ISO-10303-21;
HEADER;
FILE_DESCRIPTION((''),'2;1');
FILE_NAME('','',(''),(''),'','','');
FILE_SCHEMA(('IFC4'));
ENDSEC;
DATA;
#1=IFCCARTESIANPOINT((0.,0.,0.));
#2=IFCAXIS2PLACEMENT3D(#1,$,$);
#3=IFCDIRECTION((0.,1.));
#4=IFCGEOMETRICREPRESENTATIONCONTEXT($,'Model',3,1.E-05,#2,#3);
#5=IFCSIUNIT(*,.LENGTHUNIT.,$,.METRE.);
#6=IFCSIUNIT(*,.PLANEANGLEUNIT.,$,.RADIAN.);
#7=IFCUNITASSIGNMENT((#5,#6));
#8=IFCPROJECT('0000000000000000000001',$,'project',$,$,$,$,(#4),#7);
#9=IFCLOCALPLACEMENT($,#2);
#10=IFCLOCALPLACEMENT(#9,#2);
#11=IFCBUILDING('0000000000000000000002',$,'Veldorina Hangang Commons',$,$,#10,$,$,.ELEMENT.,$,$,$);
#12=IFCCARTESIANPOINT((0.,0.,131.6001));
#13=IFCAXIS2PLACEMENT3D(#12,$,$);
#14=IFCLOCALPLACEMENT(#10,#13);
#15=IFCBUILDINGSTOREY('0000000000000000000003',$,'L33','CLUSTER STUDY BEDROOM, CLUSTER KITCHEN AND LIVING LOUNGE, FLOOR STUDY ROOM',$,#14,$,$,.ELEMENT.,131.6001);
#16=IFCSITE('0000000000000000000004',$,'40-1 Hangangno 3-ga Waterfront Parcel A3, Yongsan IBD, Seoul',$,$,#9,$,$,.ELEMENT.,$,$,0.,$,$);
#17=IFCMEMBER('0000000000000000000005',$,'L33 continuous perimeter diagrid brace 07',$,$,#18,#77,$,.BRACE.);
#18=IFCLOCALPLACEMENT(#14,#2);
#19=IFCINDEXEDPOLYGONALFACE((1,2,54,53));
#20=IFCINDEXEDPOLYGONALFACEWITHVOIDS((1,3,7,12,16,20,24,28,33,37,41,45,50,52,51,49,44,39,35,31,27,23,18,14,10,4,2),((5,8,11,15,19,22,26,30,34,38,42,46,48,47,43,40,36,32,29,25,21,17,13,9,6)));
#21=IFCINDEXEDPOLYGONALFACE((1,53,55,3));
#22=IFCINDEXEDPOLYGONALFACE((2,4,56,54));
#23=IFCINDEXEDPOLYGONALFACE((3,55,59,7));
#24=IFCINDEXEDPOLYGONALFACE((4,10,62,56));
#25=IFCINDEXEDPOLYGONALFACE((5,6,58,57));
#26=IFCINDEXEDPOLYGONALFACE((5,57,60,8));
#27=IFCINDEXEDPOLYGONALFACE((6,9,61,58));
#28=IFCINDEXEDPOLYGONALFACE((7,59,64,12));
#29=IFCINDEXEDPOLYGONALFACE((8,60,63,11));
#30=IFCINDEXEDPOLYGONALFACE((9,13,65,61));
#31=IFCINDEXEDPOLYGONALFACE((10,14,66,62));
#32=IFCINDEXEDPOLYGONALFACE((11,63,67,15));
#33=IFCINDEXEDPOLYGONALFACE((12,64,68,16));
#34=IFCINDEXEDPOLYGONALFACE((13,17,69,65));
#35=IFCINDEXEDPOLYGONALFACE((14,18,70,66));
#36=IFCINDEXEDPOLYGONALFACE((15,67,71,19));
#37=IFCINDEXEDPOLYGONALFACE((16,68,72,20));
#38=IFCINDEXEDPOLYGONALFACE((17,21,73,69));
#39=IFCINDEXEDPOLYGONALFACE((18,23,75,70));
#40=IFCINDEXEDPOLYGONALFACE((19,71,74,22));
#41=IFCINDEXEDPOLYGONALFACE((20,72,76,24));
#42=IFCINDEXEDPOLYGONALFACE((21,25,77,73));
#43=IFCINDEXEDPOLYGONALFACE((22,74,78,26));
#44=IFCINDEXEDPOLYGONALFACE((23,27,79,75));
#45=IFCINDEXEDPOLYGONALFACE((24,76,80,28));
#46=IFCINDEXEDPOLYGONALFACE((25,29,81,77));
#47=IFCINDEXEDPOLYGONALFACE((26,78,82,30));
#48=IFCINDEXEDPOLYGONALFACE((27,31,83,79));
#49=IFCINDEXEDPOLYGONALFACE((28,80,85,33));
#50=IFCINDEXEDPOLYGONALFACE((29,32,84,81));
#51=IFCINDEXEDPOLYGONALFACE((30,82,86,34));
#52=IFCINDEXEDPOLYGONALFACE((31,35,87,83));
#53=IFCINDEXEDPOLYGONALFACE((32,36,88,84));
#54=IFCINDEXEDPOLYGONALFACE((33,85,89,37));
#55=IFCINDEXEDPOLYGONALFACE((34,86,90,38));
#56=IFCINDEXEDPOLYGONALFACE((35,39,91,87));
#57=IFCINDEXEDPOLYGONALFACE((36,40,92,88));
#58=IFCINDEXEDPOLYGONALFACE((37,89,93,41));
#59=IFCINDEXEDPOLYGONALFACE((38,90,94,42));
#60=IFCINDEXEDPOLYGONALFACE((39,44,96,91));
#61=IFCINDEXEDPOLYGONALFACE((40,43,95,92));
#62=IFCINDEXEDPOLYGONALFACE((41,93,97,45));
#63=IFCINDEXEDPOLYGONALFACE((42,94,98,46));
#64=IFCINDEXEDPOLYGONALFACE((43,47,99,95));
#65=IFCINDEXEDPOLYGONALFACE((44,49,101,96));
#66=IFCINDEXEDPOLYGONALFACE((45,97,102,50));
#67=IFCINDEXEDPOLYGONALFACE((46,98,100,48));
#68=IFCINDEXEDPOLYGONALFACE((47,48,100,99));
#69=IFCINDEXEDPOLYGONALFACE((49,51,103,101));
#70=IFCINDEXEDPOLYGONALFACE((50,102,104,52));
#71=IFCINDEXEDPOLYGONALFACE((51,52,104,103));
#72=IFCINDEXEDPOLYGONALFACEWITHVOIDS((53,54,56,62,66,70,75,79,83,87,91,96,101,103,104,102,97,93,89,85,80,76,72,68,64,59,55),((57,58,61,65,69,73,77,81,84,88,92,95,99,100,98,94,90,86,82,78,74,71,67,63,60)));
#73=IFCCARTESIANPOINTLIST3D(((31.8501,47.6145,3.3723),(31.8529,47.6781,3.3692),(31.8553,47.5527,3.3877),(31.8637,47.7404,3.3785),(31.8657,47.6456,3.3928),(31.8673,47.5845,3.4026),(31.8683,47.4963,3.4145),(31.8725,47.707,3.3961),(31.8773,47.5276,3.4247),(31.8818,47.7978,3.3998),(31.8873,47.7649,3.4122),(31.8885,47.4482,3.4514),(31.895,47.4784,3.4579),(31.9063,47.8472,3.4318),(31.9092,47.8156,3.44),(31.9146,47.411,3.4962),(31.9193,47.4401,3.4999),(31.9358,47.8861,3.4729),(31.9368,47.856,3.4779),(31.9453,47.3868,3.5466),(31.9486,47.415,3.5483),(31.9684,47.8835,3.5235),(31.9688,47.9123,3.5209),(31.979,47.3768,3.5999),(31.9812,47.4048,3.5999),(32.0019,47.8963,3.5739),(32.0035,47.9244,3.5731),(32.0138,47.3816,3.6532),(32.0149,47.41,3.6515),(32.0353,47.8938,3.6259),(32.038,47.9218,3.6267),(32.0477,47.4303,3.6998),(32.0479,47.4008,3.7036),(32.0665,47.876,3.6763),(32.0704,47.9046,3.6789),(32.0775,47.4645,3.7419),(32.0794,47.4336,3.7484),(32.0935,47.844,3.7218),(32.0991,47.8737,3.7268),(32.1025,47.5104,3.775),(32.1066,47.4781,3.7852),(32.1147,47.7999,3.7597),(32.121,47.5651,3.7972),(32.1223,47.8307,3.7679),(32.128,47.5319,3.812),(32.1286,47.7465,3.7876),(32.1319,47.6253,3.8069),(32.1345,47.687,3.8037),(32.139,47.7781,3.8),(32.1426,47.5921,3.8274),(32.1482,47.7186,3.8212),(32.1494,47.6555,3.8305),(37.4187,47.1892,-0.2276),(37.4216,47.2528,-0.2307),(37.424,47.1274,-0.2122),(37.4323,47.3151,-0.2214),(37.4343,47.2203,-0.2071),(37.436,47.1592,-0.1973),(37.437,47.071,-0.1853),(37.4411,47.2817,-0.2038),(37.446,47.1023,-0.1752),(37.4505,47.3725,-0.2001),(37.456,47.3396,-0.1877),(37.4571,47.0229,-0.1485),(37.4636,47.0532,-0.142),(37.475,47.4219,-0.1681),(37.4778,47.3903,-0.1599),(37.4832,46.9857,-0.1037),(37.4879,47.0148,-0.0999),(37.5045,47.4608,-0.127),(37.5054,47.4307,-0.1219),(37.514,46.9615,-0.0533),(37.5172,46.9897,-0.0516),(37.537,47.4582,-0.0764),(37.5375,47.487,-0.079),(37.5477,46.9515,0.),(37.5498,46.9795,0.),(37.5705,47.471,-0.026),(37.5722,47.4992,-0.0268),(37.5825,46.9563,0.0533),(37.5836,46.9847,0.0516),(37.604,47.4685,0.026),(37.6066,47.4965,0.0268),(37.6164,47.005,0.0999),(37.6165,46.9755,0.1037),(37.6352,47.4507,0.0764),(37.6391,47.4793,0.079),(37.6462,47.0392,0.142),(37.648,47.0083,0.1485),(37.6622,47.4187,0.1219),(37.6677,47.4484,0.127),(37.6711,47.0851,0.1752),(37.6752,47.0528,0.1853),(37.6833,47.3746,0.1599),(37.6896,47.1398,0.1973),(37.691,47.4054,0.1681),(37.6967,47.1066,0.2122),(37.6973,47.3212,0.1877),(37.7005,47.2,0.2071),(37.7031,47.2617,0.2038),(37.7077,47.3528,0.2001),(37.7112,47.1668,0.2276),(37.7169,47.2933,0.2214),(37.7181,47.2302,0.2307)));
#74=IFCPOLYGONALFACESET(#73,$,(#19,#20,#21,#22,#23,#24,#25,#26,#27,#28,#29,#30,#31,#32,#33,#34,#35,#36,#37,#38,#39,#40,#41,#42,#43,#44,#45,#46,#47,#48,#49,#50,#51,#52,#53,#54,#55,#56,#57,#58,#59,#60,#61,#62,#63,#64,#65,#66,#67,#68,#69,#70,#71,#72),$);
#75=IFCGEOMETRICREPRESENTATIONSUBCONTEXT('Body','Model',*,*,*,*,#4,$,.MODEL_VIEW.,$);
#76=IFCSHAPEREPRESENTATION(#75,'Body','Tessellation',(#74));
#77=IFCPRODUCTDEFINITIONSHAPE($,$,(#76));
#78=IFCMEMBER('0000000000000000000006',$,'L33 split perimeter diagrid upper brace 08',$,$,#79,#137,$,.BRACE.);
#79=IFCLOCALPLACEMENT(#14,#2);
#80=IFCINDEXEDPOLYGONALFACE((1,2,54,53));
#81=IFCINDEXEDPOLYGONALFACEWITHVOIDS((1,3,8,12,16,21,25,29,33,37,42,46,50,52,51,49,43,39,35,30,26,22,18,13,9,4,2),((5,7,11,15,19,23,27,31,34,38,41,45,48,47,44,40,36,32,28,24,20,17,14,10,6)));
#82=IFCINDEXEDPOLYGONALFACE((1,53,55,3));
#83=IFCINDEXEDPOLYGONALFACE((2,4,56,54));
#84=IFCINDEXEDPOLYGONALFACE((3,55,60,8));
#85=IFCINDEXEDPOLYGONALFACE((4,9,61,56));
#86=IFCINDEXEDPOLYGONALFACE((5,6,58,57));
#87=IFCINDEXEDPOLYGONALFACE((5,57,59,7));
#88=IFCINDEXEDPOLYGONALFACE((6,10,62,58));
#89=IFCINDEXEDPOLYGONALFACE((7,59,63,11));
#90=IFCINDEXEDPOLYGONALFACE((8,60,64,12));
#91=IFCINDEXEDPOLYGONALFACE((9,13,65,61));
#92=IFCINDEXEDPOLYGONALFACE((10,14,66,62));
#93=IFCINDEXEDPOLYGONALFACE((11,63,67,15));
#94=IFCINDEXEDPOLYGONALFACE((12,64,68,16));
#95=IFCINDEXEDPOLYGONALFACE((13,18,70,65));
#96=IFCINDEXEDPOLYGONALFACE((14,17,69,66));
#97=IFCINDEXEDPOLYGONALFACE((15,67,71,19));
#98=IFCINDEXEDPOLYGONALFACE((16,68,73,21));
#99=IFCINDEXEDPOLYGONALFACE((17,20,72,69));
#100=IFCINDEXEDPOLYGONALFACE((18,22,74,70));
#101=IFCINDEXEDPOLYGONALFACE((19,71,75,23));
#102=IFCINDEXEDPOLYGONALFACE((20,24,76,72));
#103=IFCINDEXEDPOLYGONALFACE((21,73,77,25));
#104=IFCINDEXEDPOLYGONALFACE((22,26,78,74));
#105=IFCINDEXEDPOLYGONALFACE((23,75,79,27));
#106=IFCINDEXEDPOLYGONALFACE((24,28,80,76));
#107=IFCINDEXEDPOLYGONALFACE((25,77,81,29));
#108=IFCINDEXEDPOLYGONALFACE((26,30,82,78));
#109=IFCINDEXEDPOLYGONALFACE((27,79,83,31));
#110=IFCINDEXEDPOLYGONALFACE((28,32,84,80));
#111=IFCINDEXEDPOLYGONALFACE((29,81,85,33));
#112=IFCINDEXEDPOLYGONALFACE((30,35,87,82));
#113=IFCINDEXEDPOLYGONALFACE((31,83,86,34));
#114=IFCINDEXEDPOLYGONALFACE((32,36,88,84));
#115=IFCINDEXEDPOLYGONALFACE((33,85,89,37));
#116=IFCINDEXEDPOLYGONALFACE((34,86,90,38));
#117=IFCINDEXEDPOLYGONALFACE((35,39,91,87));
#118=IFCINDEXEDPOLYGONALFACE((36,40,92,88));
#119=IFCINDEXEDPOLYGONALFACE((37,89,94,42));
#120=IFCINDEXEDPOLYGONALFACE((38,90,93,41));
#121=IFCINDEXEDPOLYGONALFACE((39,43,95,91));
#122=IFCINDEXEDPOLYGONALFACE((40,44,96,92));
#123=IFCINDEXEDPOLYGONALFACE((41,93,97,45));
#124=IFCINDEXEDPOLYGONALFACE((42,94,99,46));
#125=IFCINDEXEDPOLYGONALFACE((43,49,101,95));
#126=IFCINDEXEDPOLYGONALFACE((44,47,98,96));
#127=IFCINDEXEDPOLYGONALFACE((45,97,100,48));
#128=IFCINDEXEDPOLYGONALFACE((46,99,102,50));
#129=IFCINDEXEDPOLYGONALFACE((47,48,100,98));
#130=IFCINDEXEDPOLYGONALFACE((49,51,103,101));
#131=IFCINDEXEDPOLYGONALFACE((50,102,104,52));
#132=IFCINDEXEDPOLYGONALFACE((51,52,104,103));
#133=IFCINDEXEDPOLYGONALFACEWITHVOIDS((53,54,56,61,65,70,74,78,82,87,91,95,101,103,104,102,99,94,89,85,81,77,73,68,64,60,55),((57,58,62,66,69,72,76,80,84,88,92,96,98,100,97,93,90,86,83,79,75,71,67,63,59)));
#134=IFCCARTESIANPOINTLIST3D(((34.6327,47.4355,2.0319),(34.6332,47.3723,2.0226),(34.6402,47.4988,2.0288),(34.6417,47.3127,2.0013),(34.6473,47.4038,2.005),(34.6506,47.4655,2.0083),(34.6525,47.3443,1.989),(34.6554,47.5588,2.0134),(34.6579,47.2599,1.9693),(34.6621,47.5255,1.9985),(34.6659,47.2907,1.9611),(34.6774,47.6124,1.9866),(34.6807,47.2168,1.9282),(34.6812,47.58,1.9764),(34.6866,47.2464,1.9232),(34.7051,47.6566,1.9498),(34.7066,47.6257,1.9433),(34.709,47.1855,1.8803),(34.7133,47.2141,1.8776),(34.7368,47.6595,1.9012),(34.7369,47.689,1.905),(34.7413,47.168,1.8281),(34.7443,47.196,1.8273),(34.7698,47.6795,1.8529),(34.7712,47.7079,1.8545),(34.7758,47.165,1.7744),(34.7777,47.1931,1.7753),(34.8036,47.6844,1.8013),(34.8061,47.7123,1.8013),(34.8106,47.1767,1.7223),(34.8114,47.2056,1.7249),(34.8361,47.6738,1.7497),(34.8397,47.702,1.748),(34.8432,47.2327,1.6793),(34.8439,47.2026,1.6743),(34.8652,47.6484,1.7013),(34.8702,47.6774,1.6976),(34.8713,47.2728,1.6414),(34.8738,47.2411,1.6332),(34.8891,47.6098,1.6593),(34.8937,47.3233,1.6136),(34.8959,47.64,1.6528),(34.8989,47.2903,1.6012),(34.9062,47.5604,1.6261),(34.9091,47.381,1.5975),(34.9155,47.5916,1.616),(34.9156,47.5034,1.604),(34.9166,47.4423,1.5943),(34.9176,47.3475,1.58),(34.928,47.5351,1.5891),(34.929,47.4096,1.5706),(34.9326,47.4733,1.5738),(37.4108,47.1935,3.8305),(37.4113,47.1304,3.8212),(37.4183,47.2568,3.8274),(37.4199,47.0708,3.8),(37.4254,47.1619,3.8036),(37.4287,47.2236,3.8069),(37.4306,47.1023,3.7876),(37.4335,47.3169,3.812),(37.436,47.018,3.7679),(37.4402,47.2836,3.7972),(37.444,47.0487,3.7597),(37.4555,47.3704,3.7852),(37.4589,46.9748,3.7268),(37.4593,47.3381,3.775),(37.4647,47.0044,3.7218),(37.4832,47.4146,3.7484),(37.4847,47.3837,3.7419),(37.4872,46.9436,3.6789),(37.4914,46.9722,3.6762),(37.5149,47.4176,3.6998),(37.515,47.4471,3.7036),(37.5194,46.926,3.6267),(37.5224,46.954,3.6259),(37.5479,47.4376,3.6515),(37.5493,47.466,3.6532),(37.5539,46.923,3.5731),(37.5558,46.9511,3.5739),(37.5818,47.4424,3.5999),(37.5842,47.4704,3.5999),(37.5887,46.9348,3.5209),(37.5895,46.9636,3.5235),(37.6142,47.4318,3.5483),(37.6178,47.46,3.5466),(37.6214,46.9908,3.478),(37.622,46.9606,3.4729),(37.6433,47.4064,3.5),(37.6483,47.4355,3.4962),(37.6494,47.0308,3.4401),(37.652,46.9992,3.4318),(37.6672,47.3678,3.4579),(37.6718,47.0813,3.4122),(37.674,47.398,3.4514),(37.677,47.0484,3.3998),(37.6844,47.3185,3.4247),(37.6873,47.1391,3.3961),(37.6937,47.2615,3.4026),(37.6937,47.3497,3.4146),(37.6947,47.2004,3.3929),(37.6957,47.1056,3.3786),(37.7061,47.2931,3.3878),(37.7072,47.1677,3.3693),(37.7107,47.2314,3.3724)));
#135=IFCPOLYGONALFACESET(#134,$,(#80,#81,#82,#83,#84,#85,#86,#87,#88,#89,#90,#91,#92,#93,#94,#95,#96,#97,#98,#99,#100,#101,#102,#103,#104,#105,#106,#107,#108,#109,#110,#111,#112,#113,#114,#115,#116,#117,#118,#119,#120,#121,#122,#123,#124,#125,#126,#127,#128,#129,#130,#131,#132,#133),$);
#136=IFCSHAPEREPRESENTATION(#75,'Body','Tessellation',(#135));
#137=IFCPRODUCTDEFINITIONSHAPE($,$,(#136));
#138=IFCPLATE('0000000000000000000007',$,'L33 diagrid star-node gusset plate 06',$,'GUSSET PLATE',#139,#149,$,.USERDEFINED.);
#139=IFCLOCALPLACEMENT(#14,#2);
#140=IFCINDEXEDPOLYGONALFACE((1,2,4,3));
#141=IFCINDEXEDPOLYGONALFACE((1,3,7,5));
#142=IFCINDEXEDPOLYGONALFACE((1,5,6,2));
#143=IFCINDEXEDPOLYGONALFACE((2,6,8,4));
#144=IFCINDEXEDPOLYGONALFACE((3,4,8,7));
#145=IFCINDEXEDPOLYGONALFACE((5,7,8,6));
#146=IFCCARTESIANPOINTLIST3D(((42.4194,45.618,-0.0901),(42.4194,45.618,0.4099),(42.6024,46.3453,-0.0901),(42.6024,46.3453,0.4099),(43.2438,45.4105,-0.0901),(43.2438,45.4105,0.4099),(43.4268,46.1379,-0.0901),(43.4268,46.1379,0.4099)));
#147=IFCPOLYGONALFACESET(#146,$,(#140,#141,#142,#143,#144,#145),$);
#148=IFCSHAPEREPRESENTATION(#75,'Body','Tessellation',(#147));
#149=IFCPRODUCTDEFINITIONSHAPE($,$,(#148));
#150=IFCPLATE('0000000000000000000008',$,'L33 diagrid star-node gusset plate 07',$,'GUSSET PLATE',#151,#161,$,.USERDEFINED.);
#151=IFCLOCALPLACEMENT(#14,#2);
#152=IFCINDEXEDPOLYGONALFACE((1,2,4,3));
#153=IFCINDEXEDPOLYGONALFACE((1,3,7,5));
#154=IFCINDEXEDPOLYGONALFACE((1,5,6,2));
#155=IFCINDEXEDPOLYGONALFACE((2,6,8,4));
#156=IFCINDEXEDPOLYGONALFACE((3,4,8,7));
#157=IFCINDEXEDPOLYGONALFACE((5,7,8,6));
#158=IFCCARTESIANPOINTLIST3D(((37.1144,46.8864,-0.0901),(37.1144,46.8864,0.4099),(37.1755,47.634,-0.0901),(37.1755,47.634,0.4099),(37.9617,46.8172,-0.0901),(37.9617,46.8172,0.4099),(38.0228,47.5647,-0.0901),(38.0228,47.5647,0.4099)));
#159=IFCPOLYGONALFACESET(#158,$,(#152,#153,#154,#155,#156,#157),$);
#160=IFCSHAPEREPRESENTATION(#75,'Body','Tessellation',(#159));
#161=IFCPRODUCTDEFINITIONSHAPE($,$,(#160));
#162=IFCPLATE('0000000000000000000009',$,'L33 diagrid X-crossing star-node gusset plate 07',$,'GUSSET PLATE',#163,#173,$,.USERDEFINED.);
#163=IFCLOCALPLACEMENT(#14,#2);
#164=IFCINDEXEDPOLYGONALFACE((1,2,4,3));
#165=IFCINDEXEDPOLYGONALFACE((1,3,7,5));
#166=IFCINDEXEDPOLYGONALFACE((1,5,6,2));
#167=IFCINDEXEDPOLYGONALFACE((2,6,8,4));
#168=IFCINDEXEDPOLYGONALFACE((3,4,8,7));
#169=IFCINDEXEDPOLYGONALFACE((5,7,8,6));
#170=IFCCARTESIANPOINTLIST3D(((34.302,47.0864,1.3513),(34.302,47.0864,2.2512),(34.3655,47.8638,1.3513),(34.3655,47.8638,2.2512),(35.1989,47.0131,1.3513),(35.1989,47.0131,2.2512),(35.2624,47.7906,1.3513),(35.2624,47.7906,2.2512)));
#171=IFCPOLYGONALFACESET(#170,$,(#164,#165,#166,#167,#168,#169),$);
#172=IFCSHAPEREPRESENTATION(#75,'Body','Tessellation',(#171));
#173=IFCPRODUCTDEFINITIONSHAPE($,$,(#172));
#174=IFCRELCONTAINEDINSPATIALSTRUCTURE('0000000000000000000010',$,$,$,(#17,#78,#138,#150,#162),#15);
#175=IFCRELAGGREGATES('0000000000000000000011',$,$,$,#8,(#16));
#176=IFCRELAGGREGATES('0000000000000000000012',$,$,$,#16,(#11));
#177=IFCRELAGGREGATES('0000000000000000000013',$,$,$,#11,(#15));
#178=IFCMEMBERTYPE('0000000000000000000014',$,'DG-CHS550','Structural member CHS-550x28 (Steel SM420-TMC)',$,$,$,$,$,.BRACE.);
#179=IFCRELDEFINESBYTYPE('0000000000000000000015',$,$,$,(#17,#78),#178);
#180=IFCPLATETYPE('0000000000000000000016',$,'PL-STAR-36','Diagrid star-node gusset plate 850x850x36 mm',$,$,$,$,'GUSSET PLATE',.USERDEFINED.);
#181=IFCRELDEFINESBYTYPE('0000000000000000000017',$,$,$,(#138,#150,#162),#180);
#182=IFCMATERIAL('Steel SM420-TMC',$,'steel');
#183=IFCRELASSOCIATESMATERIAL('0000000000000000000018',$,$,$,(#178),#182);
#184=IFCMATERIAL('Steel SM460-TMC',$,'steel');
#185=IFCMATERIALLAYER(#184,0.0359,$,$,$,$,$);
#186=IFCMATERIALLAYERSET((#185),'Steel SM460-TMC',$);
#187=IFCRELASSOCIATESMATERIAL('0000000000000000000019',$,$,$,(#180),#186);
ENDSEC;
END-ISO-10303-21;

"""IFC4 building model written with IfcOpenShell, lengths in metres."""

from ifc_helpers import new_model, si_unit, direction, frame, origin, origin_2d, place, context, subcontext, project, spatial, rectangle, hollow_circle, extrude, material, layer, layer_set, material_profile, profile_set, type_object, element, save


model = new_model("IFC4")

# Units and contexts
model_context = context("Model", 3, precision=1e-05, world=origin(), true_north=direction((0.0, 1.0)))
body_context = subcontext(model_context, "Body", "Model", "MODEL_VIEW")
ifc_project = project(units=[si_unit("LENGTHUNIT", "METRE"), si_unit("PLANEANGLEUNIT", "RADIAN")], contexts=[model_context])

# Site, building, storey
site_placement = place(None, origin())
site = spatial("IfcSite", under=ifc_project, at=site_placement, Name="40-1 Hangangno 3-ga Waterfront Parcel A3, Yongsan IBD, Seoul", CompositionType="ELEMENT", RefElevation=0.0)
building_placement = place(site_placement, origin())
building = spatial("IfcBuilding", under=site, at=building_placement, Name="Veldorina Hangang Commons", CompositionType="ELEMENT")
storey_placement = place(building_placement, frame((0.0, 0.0, 131.6001)))
storey = spatial("IfcBuildingStorey", under=building, at=storey_placement, Name="L33", Description="CLUSTER STUDY BEDROOM, CLUSTER KITCHEN AND LIVING LOUNGE, FLOOR STUDY ROOM", CompositionType="ELEMENT", Elevation=131.6001)

# Shared definitions
ifc_material_1 = material(Name="Steel SM420-TMC", Category="steel")

# Members
ifc_material_profile_1 = material_profile(ifc_material_1, hollow_circle(Radius=0.2749, WallThickness=0.0281, at=origin_2d()), Name="CHS-550x28")
ifc_profile_set_1 = profile_set([ifc_material_profile_1], Name="Steel SM420-TMC")
member_type = type_object("IfcMemberType", Name="DG-CHS550", Description="Structural member CHS-550x28 (Steel SM420-TMC)", PredefinedType="BRACE", material=ifc_profile_set_1)
member_1_placement = place(storey_placement, frame((37.5686, 47.2256, 0.0), z_axis=(-0.838079, 0.064007, 0.541781), x_axis=(-0.076152, -0.997096, 0.0)))
element("IfcMember", 1, at=member_1_placement, inside=storey, type_object=member_type, Name="L33 continuous perimeter diagrid brace 07", PredefinedType="BRACE", context=body_context, shape_type="SweptSolid", body=[
    extrude(hollow_circle(Radius=0.2749, WallThickness=0.0281, at=origin_2d()), origin(), (0.0, 0.0, 1.0), 6.6445),
])
member_2_placement = place(storey_placement, frame((34.7822, 47.4385, 1.8013), z_axis=(0.837197, -0.072912, 0.542019), x_axis=(0.086762, 0.996229, 0.0)))
element("IfcMember", 2, at=member_2_placement, inside=storey, type_object=member_type, Name="L33 split perimeter diagrid upper brace 08", PredefinedType="BRACE", context=body_context, shape_type="SweptSolid", body=[
    extrude(hollow_circle(Radius=0.2749, WallThickness=0.0281, at=origin_2d()), origin(), (0.0, 0.0, 1.0), 3.3184),
])

# Plates
ifc_material_2 = material(Name="Steel SM460-TMC", Category="steel")
ifc_layer_1 = layer(ifc_material_2, 0.0359)
ifc_layer_set_1 = layer_set([ifc_layer_1], Name="Steel SM460-TMC")
plate_type = type_object("IfcPlateType", Name="PL-STAR-36", Description="Diagrid star-node gusset plate 850x850x36 mm", ElementType="GUSSET PLATE", PredefinedType="USERDEFINED", material=ifc_layer_set_1)
for number, where, z_axis, x_axis, name in (
    (3, (42.9231, 45.8779, -0.0901), (0.0, 0.0, 1.0), (-0.969761, 0.244055, 0.0), "L33 diagrid star-node gusset plate 06"),
    (4, (37.5686, 47.2256, -0.0901), (0.0, 0.0, 1.0), (-0.996679, 0.081434, 0.0), "L33 diagrid star-node gusset plate 07"),
):
    element("IfcPlate", number, at=place(storey_placement, frame(where, z_axis=z_axis, x_axis=x_axis)), inside=storey, type_object=plate_type, Name=name, ObjectType="GUSSET PLATE", PredefinedType="USERDEFINED", context=body_context, shape_type="SweptSolid", body=[
        extrude(rectangle(XDim=0.8501, YDim=0.75, at=origin_2d()), origin(), (0.0, 0.0, 1.0), 0.5),
    ])
plate_placement = place(storey_placement, frame((34.7822, 47.4385, 1.3513), z_axis=(0.0, 0.0, 1.0), x_axis=(-0.996679, 0.081434, 0.0)))
element("IfcPlate", 5, at=plate_placement, inside=storey, type_object=plate_type, Name="L33 diagrid X-crossing star-node gusset plate 07", ObjectType="GUSSET PLATE", PredefinedType="USERDEFINED", context=body_context, shape_type="SweptSolid", body=[
    extrude(rectangle(XDim=0.8999, YDim=0.78, at=origin_2d()), origin(), (0.0, 0.0, 1.0), 0.8999),
])

save(model, "model.ifc")
